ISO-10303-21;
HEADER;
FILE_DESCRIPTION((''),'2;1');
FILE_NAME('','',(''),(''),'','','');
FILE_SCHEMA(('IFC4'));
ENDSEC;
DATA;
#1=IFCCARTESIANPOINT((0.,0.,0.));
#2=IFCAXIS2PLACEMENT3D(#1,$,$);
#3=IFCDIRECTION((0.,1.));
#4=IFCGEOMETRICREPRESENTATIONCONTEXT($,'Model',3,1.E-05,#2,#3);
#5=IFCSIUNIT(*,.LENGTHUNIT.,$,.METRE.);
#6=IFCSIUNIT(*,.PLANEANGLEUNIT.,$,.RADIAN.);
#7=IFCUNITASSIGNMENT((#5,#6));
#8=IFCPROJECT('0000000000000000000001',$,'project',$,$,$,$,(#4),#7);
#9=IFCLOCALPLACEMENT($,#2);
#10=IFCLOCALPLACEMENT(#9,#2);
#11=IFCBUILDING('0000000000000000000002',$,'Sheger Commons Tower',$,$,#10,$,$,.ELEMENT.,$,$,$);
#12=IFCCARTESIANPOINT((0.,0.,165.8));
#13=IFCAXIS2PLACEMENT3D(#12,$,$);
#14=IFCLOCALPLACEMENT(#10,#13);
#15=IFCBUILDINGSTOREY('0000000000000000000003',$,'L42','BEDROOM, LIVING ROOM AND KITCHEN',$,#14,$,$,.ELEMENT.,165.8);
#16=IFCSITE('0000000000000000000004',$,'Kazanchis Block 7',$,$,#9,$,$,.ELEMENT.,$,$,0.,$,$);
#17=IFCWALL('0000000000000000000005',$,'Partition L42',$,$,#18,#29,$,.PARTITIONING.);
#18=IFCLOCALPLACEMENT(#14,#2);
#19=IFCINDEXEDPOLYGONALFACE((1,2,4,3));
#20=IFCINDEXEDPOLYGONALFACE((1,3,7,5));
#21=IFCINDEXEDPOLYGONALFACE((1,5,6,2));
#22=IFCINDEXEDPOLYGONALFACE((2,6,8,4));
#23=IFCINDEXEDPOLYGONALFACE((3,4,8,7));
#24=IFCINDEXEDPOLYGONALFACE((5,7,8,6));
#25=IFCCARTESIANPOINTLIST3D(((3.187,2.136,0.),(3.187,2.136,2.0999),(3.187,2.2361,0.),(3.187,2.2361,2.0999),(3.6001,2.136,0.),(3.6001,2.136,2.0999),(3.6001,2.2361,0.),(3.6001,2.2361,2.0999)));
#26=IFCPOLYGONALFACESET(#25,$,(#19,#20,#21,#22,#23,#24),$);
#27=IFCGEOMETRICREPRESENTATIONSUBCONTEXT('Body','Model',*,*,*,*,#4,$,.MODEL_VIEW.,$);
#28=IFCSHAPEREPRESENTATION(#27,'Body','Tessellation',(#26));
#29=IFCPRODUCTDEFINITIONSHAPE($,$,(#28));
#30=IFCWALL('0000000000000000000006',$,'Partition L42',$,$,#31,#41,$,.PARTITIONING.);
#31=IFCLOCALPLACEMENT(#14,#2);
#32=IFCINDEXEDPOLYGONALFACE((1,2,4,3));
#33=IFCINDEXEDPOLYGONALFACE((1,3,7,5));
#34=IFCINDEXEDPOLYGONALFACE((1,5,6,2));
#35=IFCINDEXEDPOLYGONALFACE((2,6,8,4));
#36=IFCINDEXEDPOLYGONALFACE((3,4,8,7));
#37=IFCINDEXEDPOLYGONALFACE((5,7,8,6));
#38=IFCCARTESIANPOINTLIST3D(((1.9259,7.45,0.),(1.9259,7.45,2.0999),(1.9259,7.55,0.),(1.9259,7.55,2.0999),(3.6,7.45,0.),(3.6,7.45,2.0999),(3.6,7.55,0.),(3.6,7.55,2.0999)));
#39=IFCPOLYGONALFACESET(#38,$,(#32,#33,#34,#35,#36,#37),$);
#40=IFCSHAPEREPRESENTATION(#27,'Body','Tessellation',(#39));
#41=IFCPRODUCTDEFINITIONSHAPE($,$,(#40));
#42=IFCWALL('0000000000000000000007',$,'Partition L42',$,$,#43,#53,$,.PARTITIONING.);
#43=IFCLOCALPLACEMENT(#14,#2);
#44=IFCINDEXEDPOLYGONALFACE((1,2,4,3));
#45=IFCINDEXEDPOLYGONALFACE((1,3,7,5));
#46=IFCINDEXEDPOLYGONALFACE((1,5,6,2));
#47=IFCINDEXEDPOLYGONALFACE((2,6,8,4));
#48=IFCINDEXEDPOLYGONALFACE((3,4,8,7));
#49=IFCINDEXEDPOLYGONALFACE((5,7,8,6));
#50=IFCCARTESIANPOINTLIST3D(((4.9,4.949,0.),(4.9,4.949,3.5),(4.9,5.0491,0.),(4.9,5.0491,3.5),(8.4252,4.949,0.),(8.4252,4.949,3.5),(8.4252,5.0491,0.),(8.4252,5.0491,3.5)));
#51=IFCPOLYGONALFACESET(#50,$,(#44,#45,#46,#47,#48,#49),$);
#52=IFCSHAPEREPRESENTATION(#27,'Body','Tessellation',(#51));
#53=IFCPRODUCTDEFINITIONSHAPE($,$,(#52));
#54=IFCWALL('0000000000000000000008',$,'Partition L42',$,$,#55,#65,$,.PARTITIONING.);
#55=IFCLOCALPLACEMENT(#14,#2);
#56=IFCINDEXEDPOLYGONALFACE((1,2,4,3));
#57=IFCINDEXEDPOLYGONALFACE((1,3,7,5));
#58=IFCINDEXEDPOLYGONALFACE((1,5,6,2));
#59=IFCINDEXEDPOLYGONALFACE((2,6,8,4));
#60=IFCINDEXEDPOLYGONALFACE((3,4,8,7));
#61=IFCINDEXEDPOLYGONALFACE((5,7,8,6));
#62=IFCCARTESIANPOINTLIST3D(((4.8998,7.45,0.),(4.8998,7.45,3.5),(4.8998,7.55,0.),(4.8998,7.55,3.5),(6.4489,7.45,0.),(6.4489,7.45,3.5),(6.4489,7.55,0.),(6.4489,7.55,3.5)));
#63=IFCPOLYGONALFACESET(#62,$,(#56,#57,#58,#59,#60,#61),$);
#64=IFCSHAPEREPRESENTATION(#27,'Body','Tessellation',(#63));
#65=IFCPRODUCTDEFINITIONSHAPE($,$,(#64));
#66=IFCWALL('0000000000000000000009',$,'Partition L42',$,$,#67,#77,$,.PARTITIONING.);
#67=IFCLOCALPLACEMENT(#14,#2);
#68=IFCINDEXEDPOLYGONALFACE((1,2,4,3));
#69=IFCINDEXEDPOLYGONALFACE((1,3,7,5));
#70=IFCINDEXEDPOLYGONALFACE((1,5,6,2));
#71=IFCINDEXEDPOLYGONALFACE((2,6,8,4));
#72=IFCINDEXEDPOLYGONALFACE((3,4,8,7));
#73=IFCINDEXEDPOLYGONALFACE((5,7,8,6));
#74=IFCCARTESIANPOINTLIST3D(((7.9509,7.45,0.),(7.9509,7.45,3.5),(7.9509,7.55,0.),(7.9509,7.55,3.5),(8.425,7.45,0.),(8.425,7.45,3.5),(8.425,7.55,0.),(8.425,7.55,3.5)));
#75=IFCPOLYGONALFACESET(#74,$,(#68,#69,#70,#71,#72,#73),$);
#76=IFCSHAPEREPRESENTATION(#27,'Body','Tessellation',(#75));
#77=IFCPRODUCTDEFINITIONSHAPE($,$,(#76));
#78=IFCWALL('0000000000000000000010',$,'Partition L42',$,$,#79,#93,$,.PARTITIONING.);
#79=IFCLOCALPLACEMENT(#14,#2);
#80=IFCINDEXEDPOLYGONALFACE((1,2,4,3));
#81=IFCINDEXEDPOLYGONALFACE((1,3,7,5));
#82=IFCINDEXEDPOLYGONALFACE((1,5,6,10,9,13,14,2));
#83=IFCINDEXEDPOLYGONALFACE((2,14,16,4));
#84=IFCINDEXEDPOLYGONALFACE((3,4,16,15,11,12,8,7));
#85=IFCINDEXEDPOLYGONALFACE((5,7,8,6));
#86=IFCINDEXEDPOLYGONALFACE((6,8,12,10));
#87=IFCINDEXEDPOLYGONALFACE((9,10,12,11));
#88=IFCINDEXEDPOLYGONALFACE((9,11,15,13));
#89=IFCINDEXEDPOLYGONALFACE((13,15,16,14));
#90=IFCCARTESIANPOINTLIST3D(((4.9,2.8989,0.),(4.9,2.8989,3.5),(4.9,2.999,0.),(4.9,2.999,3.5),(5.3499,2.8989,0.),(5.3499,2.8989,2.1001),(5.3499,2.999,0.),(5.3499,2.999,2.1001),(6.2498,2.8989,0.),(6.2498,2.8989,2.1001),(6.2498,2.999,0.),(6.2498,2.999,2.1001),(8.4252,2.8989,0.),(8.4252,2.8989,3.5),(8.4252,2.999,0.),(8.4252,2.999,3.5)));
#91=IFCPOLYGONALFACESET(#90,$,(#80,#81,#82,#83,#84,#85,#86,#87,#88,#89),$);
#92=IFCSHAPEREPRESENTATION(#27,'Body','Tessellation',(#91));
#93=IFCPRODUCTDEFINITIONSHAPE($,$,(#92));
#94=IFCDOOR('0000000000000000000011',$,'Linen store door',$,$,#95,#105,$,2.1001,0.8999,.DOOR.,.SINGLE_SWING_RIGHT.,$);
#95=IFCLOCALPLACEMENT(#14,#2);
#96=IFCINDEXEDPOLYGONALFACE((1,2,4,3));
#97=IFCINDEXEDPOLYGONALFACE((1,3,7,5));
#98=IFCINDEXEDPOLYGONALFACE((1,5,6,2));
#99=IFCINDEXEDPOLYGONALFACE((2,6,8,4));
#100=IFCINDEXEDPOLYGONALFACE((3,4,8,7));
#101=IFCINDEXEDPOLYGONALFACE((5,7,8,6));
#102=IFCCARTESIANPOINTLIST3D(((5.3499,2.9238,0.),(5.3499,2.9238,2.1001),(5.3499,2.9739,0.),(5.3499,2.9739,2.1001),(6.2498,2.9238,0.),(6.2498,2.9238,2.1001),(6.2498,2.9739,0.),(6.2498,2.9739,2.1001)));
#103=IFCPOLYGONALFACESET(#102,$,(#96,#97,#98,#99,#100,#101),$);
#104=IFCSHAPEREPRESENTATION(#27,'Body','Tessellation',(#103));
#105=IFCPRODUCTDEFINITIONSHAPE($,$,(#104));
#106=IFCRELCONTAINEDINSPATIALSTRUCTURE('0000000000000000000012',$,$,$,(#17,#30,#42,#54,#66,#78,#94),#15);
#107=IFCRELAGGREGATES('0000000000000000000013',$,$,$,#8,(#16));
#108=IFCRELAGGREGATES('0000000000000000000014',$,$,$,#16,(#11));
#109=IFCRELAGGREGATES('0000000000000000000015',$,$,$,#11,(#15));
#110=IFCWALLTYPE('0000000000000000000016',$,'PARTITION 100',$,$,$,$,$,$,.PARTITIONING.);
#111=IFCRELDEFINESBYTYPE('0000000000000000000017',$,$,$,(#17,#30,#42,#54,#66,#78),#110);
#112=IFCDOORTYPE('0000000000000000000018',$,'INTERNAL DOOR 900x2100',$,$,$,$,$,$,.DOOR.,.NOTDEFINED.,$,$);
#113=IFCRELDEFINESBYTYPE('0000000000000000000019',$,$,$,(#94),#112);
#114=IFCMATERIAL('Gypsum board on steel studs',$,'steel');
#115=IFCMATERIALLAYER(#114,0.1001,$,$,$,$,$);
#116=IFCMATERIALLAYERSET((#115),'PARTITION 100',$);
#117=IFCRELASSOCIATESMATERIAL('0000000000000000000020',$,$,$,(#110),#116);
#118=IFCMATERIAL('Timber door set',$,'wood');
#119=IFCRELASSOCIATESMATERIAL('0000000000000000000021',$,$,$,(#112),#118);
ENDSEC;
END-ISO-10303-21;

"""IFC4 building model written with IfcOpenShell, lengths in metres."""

from ifc_helpers import new_model, si_unit, direction, frame, frame_2d, origin, place, context, subcontext, project, spatial, rectangle, extrude, material, layer, layer_set, type_object, element, fill, save


model = new_model("IFC4")

# Units and contexts
model_context = context("Model", 3, precision=1e-05, world=origin(), true_north=direction((0.0, 1.0)))
body_context = subcontext(model_context, "Body", "Model", "MODEL_VIEW")
ifc_project = project(units=[si_unit("LENGTHUNIT", "METRE"), si_unit("PLANEANGLEUNIT", "RADIAN")], contexts=[model_context])

# Site, building, storey
site_placement = place(None, origin())
site = spatial("IfcSite", under=ifc_project, at=site_placement, Name="Kazanchis Block 7", CompositionType="ELEMENT", RefElevation=0.0)
building_placement = place(site_placement, origin())
building = spatial("IfcBuilding", under=site, at=building_placement, Name="Sheger Commons Tower", CompositionType="ELEMENT")
storey_placement = place(building_placement, frame((0.0, 0.0, 165.8)))
storey = spatial("IfcBuildingStorey", under=building, at=storey_placement, Name="L42", Description="BEDROOM, LIVING ROOM AND KITCHEN", CompositionType="ELEMENT", Elevation=165.8)

# Shared definitions
ifc_material_1 = material(Name="Gypsum board on steel studs", Category="steel")
ifc_layer_1 = layer(ifc_material_1, 0.1001)
ifc_layer_set_1 = layer_set([ifc_layer_1], Name="PARTITION 100")
wall_type_1 = type_object("IfcWallType", Name="PARTITION 100", PredefinedType="PARTITIONING", material=ifc_layer_set_1)
ifc_material_2 = material(Name="Timber door set", Category="wood")
door_type = type_object("IfcDoorType", Name="INTERNAL DOOR 900x2100", OperationType="NOTDEFINED", PredefinedType="DOOR", material=ifc_material_2)

# Walls
wall_1_placement = place(storey_placement, frame((3.187, 2.186, 0.0), z_axis=(0.0, 0.0, 1.0), x_axis=(1.0, 0.0, 0.0)))
element("IfcWall", 1, at=wall_1_placement, inside=storey, type_object=wall_type_1, Name="Partition L42", PredefinedType="PARTITIONING", context=body_context, shape_type="SweptSolid", body=[
    extrude(rectangle(XDim=0.4131, YDim=0.1001, at=frame_2d((0.2065, 0.0))), origin(), (0.0, 0.0, 1.0), 2.0999),
])
wall_2_placement = place(storey_placement, frame((1.926, 7.5, 0.0), z_axis=(0.0, 0.0, 1.0), x_axis=(1.0, 0.0, 0.0)))
element("IfcWall", 2, at=wall_2_placement, inside=storey, type_object=wall_type_1, Name="Partition L42", PredefinedType="PARTITIONING", context=body_context, shape_type="SweptSolid", body=[
    extrude(rectangle(XDim=1.6741, YDim=0.1001, at=frame_2d((0.8369, 0.0))), origin(), (0.0, 0.0, 1.0), 2.0999),
])
wall_3_placement = place(storey_placement, frame((4.8999, 4.999, 0.0), z_axis=(0.0, 0.0, 1.0), x_axis=(1.0, 0.0, 0.0)))
element("IfcWall", 3, at=wall_3_placement, inside=storey, type_object=wall_type_1, Name="Partition L42", PredefinedType="PARTITIONING", context=body_context, shape_type="SweptSolid", body=[
    extrude(rectangle(XDim=3.5251, YDim=0.1001, at=frame_2d((1.7627, 0.0))), origin(), (0.0, 0.0, 1.0), 3.5),
])
wall_4_placement = place(storey_placement, frame((4.8999, 7.5, 0.0), z_axis=(0.0, 0.0, 1.0), x_axis=(1.0, 0.0, 0.0)))
element("IfcWall", 4, at=wall_4_placement, inside=storey, type_object=wall_type_1, Name="Partition L42", PredefinedType="PARTITIONING", context=body_context, shape_type="SweptSolid", body=[
    extrude(rectangle(XDim=1.5491, YDim=0.1001, at=frame_2d((0.7744, 0.0))), origin(), (0.0, 0.0, 1.0), 3.5),
])
wall_5_placement = place(storey_placement, frame((7.9509, 7.5, 0.0), z_axis=(0.0, 0.0, 1.0), x_axis=(1.0, 0.0, 0.0)))
element("IfcWall", 5, at=wall_5_placement, inside=storey, type_object=wall_type_1, Name="Partition L42", PredefinedType="PARTITIONING", context=body_context, shape_type="SweptSolid", body=[
    extrude(rectangle(XDim=0.4741, YDim=0.1001, at=frame_2d((0.2371, 0.0))), origin(), (0.0, 0.0, 1.0), 3.5),
])

# Wall, opening, door
wall_6_placement = place(storey_placement, frame((4.8999, 2.949, 0.0), z_axis=(0.0, 0.0, 1.0), x_axis=(1.0, 0.0, 0.0)))
wall_6 = element("IfcWall", 6, at=wall_6_placement, inside=storey, type_object=wall_type_1, Name="Partition L42", PredefinedType="PARTITIONING", context=body_context, shape_type="SweptSolid", body=[
    extrude(rectangle(XDim=3.5251, YDim=0.1001, at=frame_2d((1.7627, 0.0))), origin(), (0.0, 0.0, 1.0), 3.5),
])
opening_1_placement = place(wall_6_placement, frame((0.45, 0.0, 0.0)))
opening_1 = element("IfcOpeningElement", 7, at=opening_1_placement, cuts=wall_6, PredefinedType="OPENING", context=body_context, shape_type="SweptSolid", body=[
    extrude(rectangle(XDim=0.8999, YDim=2.1001, at=frame_2d((0.45, 1.05))), frame((0.0, 0.0601, 0.0), z_axis=(0.0, -1.0, 0.0), x_axis=(1.0, 0.0, 0.0)), (0.0, 0.0, 1.0), 0.1201),
])
door_1_placement = place(opening_1_placement, origin())
door_1 = element("IfcDoor", 8, at=door_1_placement, inside=storey, type_object=door_type, Name="Linen store door", OperationType="SINGLE_SWING_RIGHT", OverallHeight=2.1001, OverallWidth=0.8999, PredefinedType="DOOR", context=body_context, shape_type="SweptSolid", body=[
    extrude(rectangle(XDim=0.8999, YDim=2.1001, at=frame_2d((0.45, 1.05))), frame((0.0, 0.0249, 0.0), z_axis=(0.0, -1.0, 0.0), x_axis=(1.0, 0.0, 0.0)), (0.0, 0.0, 1.0), 0.05),
])
fill(opening_1, door_1)

save(model, "model.ifc")
